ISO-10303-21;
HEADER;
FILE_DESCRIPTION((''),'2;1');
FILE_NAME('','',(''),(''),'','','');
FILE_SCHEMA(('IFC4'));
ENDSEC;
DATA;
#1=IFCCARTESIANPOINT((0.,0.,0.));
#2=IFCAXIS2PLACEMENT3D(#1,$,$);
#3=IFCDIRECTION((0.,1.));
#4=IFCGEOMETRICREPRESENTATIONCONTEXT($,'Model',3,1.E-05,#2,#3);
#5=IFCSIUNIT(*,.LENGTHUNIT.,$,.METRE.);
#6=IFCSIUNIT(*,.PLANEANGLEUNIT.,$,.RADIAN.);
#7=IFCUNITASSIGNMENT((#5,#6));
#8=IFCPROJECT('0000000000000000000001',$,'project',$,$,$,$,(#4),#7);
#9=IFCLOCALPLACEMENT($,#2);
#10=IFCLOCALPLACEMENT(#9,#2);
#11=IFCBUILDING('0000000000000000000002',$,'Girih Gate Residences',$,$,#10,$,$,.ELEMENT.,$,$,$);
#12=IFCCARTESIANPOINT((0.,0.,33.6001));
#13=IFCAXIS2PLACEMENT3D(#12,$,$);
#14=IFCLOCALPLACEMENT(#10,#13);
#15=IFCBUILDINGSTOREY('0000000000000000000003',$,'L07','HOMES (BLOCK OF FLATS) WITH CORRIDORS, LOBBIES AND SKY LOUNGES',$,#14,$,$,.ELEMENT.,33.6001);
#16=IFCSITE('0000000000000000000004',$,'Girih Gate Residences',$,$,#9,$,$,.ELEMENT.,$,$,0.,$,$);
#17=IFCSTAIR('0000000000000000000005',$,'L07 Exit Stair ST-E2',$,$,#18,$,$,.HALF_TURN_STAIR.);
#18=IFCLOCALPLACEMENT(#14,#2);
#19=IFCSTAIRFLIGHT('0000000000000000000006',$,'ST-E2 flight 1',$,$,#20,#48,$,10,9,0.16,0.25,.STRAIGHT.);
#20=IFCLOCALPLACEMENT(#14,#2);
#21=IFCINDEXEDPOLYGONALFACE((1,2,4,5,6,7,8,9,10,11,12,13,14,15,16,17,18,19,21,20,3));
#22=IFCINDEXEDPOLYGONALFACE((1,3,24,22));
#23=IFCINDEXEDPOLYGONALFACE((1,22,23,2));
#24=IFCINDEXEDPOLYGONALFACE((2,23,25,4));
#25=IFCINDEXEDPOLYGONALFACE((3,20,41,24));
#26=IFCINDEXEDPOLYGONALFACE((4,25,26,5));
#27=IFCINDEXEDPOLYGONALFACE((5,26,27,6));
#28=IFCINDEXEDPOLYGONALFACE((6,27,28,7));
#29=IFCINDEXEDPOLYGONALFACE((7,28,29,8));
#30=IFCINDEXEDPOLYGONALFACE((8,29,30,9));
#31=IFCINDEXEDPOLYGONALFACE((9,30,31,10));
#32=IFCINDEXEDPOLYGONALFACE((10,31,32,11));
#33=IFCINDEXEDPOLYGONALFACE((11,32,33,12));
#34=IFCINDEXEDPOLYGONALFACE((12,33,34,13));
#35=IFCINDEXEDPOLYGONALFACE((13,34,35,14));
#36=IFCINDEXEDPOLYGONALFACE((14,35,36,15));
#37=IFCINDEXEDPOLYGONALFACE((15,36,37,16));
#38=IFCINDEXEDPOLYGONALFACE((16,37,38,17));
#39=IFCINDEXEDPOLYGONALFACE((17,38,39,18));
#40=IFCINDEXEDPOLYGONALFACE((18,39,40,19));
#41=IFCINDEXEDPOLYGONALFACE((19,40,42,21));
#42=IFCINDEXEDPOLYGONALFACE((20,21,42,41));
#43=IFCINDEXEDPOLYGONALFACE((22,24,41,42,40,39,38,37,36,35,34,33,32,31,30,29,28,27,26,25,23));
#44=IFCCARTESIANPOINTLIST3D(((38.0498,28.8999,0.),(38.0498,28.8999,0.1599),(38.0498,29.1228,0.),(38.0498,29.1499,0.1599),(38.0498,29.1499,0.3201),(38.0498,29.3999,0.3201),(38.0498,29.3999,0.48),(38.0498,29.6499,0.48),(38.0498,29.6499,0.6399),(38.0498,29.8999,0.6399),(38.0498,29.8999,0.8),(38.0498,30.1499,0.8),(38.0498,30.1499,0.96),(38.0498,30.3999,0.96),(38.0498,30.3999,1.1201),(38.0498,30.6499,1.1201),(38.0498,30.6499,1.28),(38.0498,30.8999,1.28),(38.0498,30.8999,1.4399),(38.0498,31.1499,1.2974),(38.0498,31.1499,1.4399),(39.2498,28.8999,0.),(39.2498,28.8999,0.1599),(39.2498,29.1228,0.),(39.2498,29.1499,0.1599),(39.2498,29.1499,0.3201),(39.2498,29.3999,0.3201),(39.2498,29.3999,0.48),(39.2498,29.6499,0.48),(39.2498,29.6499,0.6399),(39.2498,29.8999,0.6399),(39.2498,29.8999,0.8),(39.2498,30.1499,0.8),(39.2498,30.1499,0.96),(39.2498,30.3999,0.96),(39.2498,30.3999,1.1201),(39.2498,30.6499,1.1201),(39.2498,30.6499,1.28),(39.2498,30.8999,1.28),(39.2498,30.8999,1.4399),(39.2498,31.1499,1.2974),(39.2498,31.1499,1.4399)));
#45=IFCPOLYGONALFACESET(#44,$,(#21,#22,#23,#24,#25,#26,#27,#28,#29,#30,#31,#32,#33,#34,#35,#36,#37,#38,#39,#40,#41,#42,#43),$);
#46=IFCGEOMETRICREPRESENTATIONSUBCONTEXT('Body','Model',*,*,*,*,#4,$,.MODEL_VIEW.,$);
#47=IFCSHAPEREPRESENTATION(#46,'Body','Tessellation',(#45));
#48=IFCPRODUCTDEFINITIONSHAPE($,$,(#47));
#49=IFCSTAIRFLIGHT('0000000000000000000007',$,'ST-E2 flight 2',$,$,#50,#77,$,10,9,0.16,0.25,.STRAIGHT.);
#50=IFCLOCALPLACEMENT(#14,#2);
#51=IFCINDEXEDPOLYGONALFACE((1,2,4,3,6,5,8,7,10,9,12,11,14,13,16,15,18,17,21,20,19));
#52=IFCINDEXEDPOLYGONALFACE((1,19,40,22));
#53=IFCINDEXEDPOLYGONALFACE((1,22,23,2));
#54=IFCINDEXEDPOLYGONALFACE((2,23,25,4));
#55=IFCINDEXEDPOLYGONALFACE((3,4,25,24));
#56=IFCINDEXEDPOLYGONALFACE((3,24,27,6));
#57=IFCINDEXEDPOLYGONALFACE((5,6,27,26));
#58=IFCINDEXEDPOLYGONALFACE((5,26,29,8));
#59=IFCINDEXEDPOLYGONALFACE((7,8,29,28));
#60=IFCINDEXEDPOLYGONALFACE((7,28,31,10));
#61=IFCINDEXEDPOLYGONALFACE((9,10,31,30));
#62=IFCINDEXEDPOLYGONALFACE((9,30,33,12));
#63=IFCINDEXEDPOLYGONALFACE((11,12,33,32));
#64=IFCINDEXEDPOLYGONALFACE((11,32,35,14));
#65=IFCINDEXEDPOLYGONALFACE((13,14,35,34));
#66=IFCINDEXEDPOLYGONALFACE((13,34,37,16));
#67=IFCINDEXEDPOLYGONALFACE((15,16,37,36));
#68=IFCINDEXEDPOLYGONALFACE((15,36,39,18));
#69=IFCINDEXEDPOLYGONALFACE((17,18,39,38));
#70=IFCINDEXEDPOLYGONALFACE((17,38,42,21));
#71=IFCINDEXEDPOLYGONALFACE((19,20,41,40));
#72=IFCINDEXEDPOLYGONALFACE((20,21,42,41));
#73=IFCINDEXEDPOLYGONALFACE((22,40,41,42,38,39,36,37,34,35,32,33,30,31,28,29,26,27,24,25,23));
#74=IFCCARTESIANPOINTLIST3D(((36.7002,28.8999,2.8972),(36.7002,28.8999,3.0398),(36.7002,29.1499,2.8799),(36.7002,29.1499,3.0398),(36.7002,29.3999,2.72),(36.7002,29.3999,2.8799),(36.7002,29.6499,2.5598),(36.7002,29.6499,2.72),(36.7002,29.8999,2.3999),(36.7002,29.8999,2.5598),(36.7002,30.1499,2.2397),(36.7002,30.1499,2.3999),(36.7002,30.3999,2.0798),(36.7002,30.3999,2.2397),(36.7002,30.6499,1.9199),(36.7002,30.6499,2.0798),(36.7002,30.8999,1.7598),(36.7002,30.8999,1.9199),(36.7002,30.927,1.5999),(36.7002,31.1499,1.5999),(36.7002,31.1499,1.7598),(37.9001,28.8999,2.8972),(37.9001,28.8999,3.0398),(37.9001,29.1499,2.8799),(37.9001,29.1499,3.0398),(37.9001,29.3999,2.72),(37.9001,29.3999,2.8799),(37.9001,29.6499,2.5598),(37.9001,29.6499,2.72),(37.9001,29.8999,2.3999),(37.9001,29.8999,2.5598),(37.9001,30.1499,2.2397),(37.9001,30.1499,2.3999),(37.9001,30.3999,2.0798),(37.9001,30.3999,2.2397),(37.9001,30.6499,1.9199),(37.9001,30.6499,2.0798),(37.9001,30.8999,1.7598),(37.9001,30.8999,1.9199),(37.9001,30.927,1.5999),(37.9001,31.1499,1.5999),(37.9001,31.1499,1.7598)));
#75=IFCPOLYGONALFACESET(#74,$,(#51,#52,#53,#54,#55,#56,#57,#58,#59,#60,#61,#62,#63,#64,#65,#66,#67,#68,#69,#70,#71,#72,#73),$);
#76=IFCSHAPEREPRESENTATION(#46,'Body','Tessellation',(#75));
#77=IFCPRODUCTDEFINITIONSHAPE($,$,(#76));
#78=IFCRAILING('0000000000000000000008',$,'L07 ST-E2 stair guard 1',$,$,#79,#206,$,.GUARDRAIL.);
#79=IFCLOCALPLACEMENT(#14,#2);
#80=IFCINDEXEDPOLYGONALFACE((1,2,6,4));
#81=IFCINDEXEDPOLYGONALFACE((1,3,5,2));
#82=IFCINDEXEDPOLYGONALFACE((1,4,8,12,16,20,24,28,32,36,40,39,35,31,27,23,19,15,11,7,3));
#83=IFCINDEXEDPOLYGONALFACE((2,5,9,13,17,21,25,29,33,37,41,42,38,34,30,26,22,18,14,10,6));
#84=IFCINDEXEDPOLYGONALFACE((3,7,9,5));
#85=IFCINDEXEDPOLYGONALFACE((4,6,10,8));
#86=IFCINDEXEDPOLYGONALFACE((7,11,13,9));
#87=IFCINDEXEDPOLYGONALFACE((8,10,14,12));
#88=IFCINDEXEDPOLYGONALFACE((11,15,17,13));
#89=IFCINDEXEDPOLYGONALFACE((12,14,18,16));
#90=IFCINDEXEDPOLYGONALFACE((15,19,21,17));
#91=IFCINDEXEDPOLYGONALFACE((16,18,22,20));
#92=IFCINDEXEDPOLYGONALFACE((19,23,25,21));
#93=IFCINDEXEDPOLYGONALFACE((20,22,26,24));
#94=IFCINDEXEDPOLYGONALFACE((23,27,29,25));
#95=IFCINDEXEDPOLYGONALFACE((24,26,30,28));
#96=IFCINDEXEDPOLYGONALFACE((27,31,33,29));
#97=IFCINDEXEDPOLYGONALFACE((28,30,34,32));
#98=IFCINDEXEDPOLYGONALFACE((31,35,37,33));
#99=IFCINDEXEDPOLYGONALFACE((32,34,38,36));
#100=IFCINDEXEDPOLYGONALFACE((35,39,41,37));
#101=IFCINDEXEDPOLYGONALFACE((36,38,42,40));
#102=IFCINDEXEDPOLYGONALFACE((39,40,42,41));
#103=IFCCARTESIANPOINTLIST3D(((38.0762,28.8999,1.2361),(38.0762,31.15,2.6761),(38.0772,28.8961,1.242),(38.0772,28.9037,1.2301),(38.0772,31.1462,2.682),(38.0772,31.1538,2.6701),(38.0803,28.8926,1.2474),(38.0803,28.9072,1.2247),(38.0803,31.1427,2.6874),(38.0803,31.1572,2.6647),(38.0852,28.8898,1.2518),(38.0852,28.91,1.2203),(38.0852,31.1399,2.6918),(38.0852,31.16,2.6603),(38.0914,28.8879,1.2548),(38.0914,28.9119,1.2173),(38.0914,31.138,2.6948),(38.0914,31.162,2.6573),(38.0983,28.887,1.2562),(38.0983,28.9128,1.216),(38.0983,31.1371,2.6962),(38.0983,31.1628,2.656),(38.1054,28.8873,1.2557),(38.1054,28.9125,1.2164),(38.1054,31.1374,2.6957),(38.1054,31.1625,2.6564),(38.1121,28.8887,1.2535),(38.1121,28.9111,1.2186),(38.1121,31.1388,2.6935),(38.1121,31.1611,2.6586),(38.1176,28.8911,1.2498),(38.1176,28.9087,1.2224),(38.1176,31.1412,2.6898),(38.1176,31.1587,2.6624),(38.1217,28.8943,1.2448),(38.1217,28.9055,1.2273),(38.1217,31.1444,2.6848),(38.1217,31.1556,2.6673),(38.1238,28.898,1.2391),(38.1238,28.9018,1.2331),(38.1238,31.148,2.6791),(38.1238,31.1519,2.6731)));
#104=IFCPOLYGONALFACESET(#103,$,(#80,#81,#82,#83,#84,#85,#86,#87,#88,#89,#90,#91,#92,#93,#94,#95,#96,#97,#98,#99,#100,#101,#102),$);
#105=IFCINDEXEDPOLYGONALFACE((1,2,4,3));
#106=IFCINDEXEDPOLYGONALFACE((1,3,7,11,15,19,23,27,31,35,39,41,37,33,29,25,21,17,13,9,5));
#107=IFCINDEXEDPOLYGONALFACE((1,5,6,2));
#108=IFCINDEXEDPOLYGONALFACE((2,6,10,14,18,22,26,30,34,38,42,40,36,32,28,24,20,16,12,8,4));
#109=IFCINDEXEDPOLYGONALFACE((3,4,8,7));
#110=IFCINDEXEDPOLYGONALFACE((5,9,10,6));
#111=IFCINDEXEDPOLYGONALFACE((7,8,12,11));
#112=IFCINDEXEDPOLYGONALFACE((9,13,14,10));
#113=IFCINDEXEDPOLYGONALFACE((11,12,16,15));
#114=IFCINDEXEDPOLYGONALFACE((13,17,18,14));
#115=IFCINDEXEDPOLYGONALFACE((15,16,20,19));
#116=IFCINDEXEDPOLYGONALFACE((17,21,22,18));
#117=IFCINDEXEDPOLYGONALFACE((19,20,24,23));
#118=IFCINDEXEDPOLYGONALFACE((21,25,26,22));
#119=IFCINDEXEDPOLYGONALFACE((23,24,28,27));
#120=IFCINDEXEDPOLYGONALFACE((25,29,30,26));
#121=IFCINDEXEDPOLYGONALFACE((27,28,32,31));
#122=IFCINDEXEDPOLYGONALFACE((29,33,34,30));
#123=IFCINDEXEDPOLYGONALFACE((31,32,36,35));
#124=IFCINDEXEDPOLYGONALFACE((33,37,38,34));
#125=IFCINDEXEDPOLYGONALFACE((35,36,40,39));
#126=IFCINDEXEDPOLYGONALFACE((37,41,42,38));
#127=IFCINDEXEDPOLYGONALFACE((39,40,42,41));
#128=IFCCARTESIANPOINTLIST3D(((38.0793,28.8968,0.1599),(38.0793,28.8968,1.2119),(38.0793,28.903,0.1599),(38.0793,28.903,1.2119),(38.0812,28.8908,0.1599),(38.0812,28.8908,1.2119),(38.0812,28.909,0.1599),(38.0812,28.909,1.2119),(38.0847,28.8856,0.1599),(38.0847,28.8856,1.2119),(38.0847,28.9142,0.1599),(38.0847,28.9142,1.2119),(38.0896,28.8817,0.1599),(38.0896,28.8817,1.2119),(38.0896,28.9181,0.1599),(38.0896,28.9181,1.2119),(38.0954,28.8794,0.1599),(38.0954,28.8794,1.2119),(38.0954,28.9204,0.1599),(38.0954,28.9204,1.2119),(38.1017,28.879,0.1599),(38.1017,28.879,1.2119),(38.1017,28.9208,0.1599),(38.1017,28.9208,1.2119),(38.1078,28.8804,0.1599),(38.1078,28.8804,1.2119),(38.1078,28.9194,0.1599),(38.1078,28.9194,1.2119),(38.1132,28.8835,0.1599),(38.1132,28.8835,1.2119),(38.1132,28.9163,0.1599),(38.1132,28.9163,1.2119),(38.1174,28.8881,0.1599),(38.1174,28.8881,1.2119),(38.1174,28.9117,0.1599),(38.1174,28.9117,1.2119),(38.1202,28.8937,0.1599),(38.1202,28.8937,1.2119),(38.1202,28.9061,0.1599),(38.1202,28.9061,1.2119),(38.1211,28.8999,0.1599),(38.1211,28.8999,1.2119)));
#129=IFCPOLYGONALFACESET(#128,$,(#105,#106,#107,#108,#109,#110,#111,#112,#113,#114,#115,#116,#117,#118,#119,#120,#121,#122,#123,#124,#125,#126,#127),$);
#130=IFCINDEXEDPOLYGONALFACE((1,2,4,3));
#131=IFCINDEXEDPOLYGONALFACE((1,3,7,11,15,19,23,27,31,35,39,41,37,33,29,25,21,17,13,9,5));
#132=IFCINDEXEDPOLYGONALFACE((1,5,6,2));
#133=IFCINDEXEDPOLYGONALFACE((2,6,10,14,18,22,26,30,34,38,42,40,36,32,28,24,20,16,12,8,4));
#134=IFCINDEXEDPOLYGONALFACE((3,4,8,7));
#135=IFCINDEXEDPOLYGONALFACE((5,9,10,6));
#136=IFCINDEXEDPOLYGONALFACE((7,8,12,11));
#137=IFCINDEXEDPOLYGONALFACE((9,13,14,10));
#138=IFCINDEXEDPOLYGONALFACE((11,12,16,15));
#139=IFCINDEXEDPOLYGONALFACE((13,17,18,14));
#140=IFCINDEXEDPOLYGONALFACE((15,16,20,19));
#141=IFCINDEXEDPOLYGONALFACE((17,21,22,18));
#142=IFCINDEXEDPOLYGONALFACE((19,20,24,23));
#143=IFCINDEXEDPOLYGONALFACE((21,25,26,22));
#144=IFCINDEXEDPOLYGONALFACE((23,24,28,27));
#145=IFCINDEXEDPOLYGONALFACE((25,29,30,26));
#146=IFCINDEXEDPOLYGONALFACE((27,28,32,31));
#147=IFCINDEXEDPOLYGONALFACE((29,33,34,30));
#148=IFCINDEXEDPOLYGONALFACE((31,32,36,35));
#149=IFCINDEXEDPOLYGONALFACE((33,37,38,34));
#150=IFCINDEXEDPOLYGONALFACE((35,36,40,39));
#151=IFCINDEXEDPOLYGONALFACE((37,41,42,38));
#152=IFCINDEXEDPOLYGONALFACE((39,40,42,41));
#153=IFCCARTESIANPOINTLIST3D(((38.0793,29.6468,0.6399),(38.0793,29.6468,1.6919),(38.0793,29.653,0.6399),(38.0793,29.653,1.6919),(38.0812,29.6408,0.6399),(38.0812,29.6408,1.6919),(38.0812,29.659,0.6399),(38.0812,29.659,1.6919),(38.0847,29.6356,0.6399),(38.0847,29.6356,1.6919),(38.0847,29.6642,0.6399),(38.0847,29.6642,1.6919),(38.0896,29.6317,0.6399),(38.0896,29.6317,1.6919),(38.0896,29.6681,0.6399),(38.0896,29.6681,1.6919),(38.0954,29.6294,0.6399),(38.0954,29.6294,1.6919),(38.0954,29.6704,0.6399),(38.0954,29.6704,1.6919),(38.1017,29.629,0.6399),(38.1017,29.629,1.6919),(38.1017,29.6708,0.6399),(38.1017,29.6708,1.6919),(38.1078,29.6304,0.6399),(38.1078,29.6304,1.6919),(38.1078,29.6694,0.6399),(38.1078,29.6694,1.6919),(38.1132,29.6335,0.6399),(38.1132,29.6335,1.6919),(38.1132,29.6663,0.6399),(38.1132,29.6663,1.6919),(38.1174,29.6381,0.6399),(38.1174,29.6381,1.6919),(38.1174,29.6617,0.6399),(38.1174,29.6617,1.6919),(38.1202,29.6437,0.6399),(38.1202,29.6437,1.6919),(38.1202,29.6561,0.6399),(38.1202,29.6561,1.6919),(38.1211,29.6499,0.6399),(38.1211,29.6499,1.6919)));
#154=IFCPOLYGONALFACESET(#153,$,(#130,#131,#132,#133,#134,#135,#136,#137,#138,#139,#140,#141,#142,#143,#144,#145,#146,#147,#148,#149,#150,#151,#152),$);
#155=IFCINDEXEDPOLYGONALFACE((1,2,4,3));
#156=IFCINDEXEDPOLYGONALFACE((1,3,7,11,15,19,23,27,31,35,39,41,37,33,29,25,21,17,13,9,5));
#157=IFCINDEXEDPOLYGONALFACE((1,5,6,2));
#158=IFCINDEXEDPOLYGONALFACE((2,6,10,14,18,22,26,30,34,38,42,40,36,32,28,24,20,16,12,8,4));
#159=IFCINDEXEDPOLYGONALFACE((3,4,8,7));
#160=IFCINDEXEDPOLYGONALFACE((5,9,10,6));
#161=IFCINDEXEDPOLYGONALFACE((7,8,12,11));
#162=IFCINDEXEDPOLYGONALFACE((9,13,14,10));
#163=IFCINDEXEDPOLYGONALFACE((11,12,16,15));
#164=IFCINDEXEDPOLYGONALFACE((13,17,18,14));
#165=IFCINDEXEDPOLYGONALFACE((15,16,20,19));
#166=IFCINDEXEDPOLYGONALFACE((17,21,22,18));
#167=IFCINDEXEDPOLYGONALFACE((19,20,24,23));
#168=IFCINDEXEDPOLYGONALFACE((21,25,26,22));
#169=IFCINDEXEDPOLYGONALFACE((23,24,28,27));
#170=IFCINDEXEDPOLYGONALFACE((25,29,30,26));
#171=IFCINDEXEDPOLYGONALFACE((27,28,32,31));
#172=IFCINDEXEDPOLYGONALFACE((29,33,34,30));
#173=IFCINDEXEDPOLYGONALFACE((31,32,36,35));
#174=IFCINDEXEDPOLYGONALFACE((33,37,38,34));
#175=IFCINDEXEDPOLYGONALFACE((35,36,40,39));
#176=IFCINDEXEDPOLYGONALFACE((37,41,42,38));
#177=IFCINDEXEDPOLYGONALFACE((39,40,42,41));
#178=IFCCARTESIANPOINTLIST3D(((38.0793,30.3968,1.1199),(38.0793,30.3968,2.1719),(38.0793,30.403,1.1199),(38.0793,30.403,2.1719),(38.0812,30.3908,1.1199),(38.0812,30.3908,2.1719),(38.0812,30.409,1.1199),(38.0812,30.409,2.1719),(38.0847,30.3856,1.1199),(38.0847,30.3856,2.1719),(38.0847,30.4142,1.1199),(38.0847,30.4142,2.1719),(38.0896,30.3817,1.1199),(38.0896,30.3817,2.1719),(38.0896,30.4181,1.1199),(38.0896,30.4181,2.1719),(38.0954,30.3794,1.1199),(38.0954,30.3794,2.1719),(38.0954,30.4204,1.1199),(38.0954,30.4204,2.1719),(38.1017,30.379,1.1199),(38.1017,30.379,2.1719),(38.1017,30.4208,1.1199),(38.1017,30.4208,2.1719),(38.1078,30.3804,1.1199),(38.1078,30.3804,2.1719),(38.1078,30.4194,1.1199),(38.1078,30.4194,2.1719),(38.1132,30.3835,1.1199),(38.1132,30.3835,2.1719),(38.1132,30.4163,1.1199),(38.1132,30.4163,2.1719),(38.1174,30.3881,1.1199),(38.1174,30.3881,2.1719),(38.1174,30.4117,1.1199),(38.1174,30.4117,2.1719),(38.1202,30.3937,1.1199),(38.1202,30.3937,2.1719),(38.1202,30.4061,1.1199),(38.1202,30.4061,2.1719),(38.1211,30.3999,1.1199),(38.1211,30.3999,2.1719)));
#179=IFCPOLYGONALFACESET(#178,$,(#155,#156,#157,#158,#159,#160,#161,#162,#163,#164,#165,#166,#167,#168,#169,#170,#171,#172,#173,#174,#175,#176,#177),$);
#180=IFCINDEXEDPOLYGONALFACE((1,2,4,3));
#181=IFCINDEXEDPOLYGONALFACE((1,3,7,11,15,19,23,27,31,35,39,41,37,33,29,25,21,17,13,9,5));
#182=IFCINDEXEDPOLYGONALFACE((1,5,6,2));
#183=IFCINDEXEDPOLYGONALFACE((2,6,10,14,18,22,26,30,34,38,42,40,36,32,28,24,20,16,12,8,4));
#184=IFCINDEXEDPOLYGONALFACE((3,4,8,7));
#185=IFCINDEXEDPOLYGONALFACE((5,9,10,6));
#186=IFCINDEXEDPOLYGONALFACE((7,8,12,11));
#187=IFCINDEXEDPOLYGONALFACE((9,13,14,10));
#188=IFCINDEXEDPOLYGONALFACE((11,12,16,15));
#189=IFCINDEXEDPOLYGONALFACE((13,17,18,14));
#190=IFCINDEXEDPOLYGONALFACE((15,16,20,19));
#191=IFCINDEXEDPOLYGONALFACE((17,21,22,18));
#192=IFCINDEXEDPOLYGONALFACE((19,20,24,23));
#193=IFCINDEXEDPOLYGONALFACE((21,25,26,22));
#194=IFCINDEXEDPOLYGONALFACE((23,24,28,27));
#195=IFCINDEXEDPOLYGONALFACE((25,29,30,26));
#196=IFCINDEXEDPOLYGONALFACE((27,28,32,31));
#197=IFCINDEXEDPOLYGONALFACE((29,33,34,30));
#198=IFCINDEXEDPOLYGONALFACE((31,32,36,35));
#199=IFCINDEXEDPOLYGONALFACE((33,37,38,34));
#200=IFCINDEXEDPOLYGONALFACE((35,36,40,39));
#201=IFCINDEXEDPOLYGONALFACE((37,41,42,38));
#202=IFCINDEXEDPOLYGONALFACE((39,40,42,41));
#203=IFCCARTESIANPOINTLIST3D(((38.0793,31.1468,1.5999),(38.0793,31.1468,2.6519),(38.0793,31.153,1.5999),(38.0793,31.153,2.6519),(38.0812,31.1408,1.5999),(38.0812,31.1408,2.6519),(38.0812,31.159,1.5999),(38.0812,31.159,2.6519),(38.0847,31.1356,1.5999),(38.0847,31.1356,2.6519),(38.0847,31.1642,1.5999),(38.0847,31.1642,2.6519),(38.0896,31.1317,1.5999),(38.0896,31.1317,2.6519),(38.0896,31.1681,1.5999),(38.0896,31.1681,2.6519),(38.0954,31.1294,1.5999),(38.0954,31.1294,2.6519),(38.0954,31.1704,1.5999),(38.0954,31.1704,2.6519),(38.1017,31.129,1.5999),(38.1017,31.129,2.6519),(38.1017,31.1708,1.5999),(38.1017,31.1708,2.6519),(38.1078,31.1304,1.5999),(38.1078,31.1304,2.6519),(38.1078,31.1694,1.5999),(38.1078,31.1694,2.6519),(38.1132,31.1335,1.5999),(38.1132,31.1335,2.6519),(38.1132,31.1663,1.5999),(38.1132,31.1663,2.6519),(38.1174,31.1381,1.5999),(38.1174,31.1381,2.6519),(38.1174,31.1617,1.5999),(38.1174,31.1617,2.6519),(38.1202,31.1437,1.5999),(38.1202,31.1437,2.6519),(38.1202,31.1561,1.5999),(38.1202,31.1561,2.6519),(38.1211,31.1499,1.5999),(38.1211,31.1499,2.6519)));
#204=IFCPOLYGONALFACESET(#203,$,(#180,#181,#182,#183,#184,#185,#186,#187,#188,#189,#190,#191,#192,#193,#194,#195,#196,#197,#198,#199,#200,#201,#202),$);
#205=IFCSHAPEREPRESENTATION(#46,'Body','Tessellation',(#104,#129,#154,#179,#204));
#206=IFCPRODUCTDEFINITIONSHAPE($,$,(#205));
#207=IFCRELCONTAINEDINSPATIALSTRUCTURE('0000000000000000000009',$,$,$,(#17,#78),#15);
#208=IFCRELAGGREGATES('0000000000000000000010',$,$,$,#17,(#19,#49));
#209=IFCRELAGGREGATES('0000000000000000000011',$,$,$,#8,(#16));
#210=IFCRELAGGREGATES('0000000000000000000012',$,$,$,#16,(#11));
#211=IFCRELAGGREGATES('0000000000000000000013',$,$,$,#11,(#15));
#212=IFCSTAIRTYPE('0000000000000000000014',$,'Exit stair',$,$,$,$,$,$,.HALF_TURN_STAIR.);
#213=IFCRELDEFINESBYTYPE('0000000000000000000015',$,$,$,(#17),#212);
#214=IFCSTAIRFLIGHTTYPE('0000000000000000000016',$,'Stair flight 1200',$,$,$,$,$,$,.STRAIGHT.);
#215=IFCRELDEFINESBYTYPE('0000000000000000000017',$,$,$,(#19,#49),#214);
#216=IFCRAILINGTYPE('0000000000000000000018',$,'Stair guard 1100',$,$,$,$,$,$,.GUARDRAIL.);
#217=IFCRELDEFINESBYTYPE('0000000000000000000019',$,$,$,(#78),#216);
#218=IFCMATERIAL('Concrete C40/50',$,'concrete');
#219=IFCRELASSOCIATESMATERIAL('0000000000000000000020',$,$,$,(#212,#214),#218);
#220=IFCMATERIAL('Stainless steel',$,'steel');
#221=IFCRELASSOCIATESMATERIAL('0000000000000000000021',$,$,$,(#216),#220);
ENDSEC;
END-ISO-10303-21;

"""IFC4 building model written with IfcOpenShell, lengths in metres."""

from ifc_helpers import new_model, si_unit, direction, frame, origin, origin_2d, place, context, subcontext, project, spatial, polyline, circle, outline, extrude, material, type_object, element, aggregate, save


model = new_model("IFC4")

# Units and contexts
model_context = context("Model", 3, precision=1e-05, world=origin(), true_north=direction((0.0, 1.0)))
body_context = subcontext(model_context, "Body", "Model", "MODEL_VIEW")
ifc_project = project(units=[si_unit("LENGTHUNIT", "METRE"), si_unit("PLANEANGLEUNIT", "RADIAN")], contexts=[model_context])

# Site, building, storey
site_placement = place(None, origin())
site = spatial("IfcSite", under=ifc_project, at=site_placement, Name="Girih Gate Residences", CompositionType="ELEMENT", RefElevation=0.0)
building_placement = place(site_placement, origin())
building = spatial("IfcBuilding", under=site, at=building_placement, Name="Girih Gate Residences", CompositionType="ELEMENT")
storey_placement = place(building_placement, frame((0.0, 0.0, 33.6001)))
storey = spatial("IfcBuildingStorey", under=building, at=storey_placement, Name="L07", Description="HOMES (BLOCK OF FLATS) WITH CORRIDORS, LOBBIES AND SKY LOUNGES", CompositionType="ELEMENT", Elevation=33.6001)

# Shared definitions
ifc_material_1 = material(Name="Concrete C40/50", Category="concrete")
ifc_material_2 = material(Name="Stainless steel", Category="steel")

# Stair, stair flights
stair_type = type_object("IfcStairType", Name="Exit stair", PredefinedType="HALF_TURN_STAIR", material=ifc_material_1)
stair_placement = place(storey_placement, origin())
stair = element("IfcStair", 1, at=stair_placement, inside=storey, type_object=stair_type, Name="L07 Exit Stair ST-E2", PredefinedType="HALF_TURN_STAIR")
stair_flight_type = type_object("IfcStairFlightType", Name="Stair flight 1200", PredefinedType="STRAIGHT", material=ifc_material_1)
stair_flight_1_placement = place(storey_placement, frame((38.6499, 28.8999, 0.0), z_axis=(0.0, 0.0, 1.0), x_axis=(0.0, 1.0, 0.0)))
stair_flight_1 = element("IfcStairFlight", 2, at=stair_flight_1_placement, type_object=stair_flight_type, Name="ST-E2 flight 1", NumberOfRisers=10, NumberOfTreads=9, PredefinedType="STRAIGHT", RiserHeight=0.16, TreadLength=0.25, context=body_context, shape_type="SweptSolid", body=[
    extrude(outline(polyline([(0.0, 0.0), (0.0, 0.1599), (0.25, 0.1599), (0.25, 0.3201), (0.5, 0.3201), (0.5, 0.48), (0.75, 0.48), (0.75, 0.6399), (1.0, 0.6399), (1.0, 0.8), (1.25, 0.8), (1.25, 0.96), (1.5, 0.96), (1.5, 1.1201), (1.75, 1.1201), (1.75, 1.28), (2.0, 1.28), (2.0, 1.4399), (2.25, 1.4399), (2.25, 1.6001), (2.25, 1.2974), (0.2229, 0.0), (0.0, 0.0)])), frame((0.0, 0.6001, 0.0), z_axis=(0.0, -1.0, 0.0), x_axis=(1.0, 0.0, 0.0)), (0.0, 0.0, 1.0), 1.2),
])
stair_flight_2_placement = place(storey_placement, frame((37.3, 31.1499, 1.5999), z_axis=(0.0, 0.0, 1.0), x_axis=(0.0, -1.0, 0.0)))
stair_flight_2 = element("IfcStairFlight", 3, at=stair_flight_2_placement, type_object=stair_flight_type, Name="ST-E2 flight 2", NumberOfRisers=10, NumberOfTreads=9, PredefinedType="STRAIGHT", RiserHeight=0.16, TreadLength=0.25, context=body_context, shape_type="SweptSolid", body=[
    extrude(outline(polyline([(0.0, 0.0), (0.0, 0.1599), (0.25, 0.1599), (0.25, 0.3201), (0.5, 0.3201), (0.5, 0.48), (0.75, 0.48), (0.75, 0.6399), (1.0, 0.6399), (1.0, 0.8), (1.25, 0.8), (1.25, 0.96), (1.5, 0.96), (1.5, 1.1201), (1.75, 1.1201), (1.75, 1.28), (2.0, 1.28), (2.0, 1.4399), (2.25, 1.4399), (2.25, 1.6001), (2.25, 1.2974), (0.2229, 0.0), (0.0, 0.0)])), frame((0.0, 0.6001, 0.0), z_axis=(0.0, -1.0, 0.0), x_axis=(1.0, 0.0, 0.0)), (0.0, 0.0, 1.0), 1.2),
])
aggregate(stair, [stair_flight_1, stair_flight_2])

# Railing
railing_type_1 = type_object("IfcRailingType", Name="Stair guard 1100", PredefinedType="GUARDRAIL", material=ifc_material_2)
railing_1_placement = place(storey_placement, frame((38.1001, 28.8999, 0.1599)))
element("IfcRailing", 4, at=railing_1_placement, inside=storey, type_object=railing_type_1, Name="L07 ST-E2 stair guard 1", PredefinedType="GUARDRAIL", context=body_context, shape_type="SweptSolid", body=[
    extrude(circle(Radius=0.0239, at=origin_2d()), frame((0.0, 0.0, 1.0762), z_axis=(0.0, 0.842281, 0.539038), x_axis=(-1.0, 0.0, 0.0)), (0.0, 0.0, 1.0), 2.6714),
    extrude(circle(Radius=0.021, at=origin_2d()), origin(), (0.0, 0.0, 1.0), 1.052),
    extrude(circle(Radius=0.021, at=origin_2d()), frame((0.0, 0.75, 0.48)), (0.0, 0.0, 1.0), 1.052),
    extrude(circle(Radius=0.021, at=origin_2d()), frame((0.0, 1.5, 0.96)), (0.0, 0.0, 1.0), 1.052),
    extrude(circle(Radius=0.021, at=origin_2d()), frame((0.0, 2.25, 1.4399)), (0.0, 0.0, 1.0), 1.052),
])

save(model, "model.ifc")
